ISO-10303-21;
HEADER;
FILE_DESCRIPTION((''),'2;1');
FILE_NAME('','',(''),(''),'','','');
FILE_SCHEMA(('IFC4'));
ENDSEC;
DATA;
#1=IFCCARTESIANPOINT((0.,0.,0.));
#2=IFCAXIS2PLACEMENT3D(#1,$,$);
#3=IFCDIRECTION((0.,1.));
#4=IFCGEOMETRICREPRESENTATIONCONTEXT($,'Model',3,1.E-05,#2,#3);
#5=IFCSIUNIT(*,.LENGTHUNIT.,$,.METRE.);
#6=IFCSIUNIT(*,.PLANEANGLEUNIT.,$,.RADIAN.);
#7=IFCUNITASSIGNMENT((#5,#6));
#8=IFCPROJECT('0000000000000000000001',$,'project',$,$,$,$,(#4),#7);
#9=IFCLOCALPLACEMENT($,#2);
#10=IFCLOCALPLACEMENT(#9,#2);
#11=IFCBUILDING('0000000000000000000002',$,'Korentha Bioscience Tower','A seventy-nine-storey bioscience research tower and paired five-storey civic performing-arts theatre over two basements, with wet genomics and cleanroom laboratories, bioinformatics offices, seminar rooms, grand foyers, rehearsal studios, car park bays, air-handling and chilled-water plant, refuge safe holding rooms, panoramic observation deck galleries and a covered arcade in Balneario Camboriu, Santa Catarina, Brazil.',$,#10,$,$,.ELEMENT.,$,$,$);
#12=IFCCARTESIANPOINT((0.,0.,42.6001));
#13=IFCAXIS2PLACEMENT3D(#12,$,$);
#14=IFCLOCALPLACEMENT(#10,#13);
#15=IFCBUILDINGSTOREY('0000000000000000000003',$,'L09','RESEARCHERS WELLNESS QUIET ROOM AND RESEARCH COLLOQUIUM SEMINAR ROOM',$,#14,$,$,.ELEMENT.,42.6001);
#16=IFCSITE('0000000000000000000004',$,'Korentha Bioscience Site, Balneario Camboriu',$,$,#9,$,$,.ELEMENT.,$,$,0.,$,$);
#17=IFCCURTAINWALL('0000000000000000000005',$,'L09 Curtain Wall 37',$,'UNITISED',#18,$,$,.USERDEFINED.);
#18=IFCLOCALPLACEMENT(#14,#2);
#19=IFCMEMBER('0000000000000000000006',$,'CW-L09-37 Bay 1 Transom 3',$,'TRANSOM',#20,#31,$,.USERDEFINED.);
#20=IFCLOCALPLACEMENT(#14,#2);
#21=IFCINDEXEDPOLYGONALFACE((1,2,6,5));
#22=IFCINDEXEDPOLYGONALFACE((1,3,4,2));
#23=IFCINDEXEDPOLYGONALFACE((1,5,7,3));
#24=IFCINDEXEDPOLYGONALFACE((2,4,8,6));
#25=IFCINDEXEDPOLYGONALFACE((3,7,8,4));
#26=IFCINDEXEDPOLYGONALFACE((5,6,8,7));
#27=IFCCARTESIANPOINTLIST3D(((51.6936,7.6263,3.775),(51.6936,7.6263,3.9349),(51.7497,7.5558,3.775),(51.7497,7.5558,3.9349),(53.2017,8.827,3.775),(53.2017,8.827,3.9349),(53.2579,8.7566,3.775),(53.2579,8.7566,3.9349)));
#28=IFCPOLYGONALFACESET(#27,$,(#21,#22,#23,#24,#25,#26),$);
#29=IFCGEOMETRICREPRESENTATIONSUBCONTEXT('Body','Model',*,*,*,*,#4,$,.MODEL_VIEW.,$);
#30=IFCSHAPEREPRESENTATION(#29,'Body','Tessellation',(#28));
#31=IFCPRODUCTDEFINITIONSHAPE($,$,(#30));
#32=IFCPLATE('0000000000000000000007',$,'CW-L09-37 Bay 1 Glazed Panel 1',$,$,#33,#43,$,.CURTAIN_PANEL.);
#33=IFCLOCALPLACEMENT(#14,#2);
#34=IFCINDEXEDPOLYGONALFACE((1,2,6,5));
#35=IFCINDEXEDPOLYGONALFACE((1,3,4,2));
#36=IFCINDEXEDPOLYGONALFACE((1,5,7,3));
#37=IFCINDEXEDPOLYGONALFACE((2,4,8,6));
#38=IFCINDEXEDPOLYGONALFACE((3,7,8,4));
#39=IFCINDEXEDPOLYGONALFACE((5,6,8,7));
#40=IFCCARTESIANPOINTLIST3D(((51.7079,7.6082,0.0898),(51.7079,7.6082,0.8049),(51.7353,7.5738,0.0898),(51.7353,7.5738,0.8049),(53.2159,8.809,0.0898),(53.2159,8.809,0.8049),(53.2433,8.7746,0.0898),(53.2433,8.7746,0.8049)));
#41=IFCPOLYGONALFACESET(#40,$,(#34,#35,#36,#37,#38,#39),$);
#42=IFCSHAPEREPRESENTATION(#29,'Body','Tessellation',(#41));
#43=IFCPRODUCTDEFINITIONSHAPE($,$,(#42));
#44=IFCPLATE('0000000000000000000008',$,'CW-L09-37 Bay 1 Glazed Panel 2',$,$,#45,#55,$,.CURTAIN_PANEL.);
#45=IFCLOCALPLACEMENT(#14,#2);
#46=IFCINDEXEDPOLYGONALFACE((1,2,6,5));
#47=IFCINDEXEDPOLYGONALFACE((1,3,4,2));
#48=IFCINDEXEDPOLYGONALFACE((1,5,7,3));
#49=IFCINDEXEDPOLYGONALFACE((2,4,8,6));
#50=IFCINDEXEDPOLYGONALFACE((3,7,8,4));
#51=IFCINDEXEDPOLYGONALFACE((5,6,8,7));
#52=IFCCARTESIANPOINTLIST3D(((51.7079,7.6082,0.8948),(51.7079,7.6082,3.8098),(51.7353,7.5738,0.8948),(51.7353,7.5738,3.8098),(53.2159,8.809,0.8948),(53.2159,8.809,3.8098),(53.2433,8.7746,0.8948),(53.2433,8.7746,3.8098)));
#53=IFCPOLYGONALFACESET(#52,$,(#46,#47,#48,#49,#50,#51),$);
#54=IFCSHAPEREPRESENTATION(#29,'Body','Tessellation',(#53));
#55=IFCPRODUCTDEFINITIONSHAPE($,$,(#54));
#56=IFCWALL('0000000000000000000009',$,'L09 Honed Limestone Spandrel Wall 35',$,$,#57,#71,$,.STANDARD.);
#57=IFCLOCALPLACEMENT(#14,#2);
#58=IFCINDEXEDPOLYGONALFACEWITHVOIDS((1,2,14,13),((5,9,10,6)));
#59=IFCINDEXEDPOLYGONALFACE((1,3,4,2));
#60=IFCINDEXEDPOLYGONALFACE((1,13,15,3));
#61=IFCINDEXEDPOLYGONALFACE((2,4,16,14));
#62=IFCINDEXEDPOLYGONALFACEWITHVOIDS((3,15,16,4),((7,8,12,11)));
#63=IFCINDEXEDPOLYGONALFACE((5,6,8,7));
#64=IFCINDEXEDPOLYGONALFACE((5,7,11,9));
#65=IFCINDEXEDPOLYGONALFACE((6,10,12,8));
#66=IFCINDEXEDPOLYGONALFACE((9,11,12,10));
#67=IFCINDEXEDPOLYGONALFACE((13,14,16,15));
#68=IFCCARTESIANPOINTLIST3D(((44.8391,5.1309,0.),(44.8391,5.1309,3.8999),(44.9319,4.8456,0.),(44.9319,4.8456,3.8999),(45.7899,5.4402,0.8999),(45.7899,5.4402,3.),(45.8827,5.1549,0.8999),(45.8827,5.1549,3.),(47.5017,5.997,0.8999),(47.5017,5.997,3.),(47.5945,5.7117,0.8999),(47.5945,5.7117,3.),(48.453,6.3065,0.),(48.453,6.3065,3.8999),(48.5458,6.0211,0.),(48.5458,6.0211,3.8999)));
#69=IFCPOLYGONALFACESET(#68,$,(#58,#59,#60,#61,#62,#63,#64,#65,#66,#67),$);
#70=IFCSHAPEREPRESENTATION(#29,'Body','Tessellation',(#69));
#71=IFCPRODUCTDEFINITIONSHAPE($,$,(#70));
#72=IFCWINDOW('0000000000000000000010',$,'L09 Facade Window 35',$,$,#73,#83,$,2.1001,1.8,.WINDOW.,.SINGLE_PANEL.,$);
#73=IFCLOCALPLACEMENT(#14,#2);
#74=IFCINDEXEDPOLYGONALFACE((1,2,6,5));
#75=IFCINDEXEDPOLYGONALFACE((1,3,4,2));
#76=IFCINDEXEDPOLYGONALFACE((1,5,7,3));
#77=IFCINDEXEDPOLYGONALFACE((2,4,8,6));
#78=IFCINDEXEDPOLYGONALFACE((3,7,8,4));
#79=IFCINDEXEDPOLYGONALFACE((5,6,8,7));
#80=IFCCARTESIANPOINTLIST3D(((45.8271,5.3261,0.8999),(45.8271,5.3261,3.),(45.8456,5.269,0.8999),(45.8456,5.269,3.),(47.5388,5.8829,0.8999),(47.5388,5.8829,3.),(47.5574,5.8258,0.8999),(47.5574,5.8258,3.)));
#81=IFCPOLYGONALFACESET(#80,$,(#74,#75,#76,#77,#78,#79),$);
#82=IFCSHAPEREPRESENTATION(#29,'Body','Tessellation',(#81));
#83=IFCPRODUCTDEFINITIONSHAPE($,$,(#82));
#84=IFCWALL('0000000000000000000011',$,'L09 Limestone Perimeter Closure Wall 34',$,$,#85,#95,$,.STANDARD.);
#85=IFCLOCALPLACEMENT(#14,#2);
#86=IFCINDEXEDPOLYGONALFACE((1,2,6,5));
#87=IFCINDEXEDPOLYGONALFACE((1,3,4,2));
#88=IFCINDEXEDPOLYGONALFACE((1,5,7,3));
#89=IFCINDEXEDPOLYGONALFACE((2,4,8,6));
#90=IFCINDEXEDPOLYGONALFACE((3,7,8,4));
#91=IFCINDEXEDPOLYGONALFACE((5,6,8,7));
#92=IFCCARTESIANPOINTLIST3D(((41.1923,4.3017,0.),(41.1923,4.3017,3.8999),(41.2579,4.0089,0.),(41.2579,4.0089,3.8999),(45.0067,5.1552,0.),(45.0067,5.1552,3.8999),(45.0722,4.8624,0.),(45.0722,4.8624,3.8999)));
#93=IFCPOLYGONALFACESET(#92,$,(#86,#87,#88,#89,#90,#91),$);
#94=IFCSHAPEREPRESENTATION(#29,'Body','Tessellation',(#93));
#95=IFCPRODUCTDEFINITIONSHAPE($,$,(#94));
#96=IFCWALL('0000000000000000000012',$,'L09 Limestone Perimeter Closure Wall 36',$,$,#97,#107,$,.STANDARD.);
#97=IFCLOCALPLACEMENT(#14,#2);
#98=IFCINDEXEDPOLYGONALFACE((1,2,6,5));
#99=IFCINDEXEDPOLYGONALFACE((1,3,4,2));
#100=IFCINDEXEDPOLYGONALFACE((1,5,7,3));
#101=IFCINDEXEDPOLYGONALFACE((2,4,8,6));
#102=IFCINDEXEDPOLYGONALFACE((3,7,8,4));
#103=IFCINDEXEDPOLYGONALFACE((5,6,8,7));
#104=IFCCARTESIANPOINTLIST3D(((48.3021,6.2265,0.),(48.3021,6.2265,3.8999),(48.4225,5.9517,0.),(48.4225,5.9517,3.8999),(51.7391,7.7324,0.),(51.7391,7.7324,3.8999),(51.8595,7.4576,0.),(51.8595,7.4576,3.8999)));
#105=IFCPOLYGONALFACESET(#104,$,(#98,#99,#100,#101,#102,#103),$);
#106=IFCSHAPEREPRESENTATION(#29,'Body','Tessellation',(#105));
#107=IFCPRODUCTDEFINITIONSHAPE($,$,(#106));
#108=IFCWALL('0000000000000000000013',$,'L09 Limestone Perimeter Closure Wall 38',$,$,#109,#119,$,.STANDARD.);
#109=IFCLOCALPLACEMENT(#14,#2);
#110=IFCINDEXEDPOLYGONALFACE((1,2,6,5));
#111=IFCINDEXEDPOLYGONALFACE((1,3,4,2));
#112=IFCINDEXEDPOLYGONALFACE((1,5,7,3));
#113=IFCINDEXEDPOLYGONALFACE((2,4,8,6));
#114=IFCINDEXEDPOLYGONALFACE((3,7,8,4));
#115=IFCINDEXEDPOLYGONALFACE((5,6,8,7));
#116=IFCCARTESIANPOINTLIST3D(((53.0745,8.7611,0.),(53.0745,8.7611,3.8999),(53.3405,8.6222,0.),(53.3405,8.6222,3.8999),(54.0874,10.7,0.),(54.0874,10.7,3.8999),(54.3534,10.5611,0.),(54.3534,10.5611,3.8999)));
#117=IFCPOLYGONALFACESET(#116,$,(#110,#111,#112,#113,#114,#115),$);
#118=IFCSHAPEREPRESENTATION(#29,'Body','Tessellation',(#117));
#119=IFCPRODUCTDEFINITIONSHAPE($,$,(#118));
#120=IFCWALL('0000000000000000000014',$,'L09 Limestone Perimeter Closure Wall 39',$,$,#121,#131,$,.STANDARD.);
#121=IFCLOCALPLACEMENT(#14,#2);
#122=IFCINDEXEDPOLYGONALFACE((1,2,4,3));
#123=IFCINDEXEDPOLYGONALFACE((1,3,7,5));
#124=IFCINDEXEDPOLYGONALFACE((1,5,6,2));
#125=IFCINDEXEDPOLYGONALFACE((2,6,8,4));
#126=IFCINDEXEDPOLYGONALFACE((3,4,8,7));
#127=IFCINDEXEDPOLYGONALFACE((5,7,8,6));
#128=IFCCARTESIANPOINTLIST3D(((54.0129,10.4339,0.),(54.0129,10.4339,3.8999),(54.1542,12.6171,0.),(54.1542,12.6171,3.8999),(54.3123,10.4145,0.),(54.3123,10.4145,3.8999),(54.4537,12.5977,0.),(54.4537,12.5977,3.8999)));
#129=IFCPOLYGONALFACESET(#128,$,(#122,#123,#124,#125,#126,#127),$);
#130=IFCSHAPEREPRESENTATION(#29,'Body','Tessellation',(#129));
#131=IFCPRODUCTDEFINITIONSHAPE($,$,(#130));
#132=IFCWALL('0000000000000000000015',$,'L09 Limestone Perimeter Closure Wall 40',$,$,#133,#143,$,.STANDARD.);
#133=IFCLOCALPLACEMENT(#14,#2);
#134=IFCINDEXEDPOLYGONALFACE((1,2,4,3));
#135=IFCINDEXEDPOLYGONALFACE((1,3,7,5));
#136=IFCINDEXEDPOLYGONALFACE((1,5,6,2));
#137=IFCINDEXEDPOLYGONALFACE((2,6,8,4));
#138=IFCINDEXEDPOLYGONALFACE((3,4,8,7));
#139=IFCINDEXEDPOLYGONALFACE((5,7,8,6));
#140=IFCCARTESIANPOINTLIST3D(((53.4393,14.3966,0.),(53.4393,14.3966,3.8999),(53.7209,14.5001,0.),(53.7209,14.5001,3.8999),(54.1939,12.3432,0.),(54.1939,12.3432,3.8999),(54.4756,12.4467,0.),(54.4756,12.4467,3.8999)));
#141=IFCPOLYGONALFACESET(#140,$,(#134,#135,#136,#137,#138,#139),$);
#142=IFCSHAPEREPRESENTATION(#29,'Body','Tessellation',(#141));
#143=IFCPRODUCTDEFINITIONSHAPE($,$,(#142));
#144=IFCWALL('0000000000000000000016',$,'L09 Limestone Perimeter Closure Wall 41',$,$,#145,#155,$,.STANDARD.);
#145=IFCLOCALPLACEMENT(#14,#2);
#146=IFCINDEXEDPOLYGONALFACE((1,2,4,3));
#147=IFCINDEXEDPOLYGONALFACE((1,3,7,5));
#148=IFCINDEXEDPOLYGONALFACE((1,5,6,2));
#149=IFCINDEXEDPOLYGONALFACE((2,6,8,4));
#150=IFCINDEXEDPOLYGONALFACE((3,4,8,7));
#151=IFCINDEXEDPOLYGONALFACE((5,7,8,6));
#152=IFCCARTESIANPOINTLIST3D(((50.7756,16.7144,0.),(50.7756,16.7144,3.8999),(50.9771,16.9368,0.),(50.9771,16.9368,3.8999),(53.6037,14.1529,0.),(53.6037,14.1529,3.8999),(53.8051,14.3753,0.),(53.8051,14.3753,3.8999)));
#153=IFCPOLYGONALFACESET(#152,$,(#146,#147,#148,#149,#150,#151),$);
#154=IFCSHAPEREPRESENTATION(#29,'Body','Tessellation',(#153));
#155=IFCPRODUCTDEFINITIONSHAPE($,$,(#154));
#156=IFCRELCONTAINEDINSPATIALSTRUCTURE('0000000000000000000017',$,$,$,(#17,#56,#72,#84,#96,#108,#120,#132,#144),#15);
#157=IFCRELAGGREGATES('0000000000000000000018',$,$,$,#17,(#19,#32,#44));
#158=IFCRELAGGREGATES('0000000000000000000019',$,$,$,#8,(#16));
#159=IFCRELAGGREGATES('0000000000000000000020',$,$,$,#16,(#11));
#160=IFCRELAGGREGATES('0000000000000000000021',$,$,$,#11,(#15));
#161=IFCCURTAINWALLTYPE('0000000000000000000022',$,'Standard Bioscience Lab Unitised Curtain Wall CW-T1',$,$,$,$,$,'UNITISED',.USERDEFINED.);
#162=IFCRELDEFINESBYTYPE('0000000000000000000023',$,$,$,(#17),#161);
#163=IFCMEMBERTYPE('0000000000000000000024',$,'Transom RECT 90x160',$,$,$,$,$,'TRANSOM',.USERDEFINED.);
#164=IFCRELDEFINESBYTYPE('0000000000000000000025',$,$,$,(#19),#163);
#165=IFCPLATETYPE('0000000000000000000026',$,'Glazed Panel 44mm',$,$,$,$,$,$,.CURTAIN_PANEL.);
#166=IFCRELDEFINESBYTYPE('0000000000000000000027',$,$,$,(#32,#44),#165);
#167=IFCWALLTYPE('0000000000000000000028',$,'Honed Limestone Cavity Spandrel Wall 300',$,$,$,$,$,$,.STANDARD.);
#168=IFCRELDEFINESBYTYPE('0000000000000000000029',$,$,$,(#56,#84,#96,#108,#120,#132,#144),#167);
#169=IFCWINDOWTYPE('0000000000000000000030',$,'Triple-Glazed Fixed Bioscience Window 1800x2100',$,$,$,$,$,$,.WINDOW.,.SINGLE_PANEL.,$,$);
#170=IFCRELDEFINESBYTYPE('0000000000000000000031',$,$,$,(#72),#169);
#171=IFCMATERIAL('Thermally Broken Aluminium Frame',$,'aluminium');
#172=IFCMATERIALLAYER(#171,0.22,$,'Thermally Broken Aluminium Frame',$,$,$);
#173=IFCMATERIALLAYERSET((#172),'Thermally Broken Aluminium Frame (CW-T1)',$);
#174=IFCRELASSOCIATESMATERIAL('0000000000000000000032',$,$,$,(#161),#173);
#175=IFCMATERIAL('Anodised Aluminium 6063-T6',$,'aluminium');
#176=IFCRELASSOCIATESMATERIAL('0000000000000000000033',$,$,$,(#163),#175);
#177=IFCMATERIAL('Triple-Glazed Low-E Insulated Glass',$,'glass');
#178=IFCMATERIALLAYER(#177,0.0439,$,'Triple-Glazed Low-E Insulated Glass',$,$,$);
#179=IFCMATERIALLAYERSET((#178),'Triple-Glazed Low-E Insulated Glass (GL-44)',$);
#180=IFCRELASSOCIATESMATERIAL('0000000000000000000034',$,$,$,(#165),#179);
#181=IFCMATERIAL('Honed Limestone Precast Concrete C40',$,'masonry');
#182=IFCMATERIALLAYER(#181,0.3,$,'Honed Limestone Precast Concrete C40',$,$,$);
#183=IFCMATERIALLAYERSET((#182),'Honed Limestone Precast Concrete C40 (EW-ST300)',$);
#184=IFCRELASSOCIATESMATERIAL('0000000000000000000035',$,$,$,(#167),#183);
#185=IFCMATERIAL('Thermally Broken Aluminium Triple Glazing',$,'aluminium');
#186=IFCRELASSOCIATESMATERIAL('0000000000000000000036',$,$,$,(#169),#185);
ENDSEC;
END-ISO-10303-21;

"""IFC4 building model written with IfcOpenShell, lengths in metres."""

from ifc_helpers import new_model, si_unit, direction, frame, frame_2d, origin, origin_2d, place, context, subcontext, project, spatial, rectangle, extrude, material, layer, layer_set, material_profile, profile_set, type_object, element, fill, aggregate, save


model = new_model("IFC4")

# Units and contexts
model_context = context("Model", 3, precision=1e-05, world=origin(), true_north=direction((0.0, 1.0)))
body_context = subcontext(model_context, "Body", "Model", "MODEL_VIEW")
ifc_project = project(units=[si_unit("LENGTHUNIT", "METRE"), si_unit("PLANEANGLEUNIT", "RADIAN")], contexts=[model_context])

# Site, building, storey
site_placement = place(None, origin())
site = spatial("IfcSite", under=ifc_project, at=site_placement, Name="Korentha Bioscience Site, Balneario Camboriu", CompositionType="ELEMENT", RefElevation=0.0)
building_placement = place(site_placement, origin())
building = spatial("IfcBuilding", under=site, at=building_placement, Name="Korentha Bioscience Tower", Description="A seventy-nine-storey bioscience research tower and paired five-storey civic performing-arts theatre over two basements, with wet genomics and cleanroom laboratories, bioinformatics offices, seminar rooms, grand foyers, rehearsal studios, car park bays, air-handling and chilled-water plant, refuge safe holding rooms, panoramic observation deck galleries and a covered arcade in Balneario Camboriu, Santa Catarina, Brazil.", CompositionType="ELEMENT")
storey_placement = place(building_placement, frame((0.0, 0.0, 42.6001)))
storey = spatial("IfcBuildingStorey", under=building, at=storey_placement, Name="L09", Description="RESEARCHERS WELLNESS QUIET ROOM AND RESEARCH COLLOQUIUM SEMINAR ROOM", CompositionType="ELEMENT", Elevation=42.6001)

# Curtain wall
ifc_material_1 = material(Name="Thermally Broken Aluminium Frame", Category="aluminium")
ifc_layer_1 = layer(ifc_material_1, 0.22, Name="Thermally Broken Aluminium Frame")
ifc_layer_set_1 = layer_set([ifc_layer_1], Name="Thermally Broken Aluminium Frame (CW-T1)")
curtain_wall_type = type_object("IfcCurtainWallType", Name="Standard Bioscience Lab Unitised Curtain Wall CW-T1", ElementType="UNITISED", PredefinedType="USERDEFINED", material=ifc_layer_set_1)
curtain_wall_placement = place(storey_placement, origin())
curtain_wall = element("IfcCurtainWall", 1, at=curtain_wall_placement, inside=storey, type_object=curtain_wall_type, Name="L09 Curtain Wall 37", ObjectType="UNITISED", PredefinedType="USERDEFINED")
ifc_material_2 = material(Name="Anodised Aluminium 6063-T6", Category="aluminium")

# Member
ifc_material_profile_1 = material_profile(ifc_material_2, rectangle(XDim=0.0901, YDim=0.1599, at=origin_2d()), Name="Anodised Aluminium 6063-T6")
ifc_profile_set_1 = profile_set([ifc_material_profile_1], Name="Anodised Aluminium 6063-T6 (CW-TRN)")
member_type_1 = type_object("IfcMemberType", Name="Transom RECT 90x160", ElementType="TRANSOM", PredefinedType="USERDEFINED", material=ifc_profile_set_1)
member_1_placement = place(storey_placement, frame((51.7217, 7.5911, 3.855), z_axis=(0.782325, 0.622871, 0.0), x_axis=(-0.622871, 0.782325, 0.0)))
member_1 = element("IfcMember", 2, at=member_1_placement, type_object=member_type_1, Name="CW-L09-37 Bay 1 Transom 3", ObjectType="TRANSOM", PredefinedType="USERDEFINED", context=body_context, shape_type="SweptSolid", body=[
    extrude(rectangle(XDim=0.0901, YDim=0.1599, at=origin_2d()), origin(), (0.0, 0.0, 1.0), 1.9277),
])

# Plates
ifc_material_3 = material(Name="Triple-Glazed Low-E Insulated Glass", Category="glass")
ifc_layer_2 = layer(ifc_material_3, 0.0439, Name="Triple-Glazed Low-E Insulated Glass")
ifc_layer_set_2 = layer_set([ifc_layer_2], Name="Triple-Glazed Low-E Insulated Glass (GL-44)")
plate_type = type_object("IfcPlateType", Name="Glazed Panel 44mm", PredefinedType="CURTAIN_PANEL", material=ifc_layer_set_2)
plate_1_placement = place(storey_placement, frame((52.4756, 8.1914, 0.0898), z_axis=(0.0, 0.0, 1.0), x_axis=(0.782288, 0.622917, 0.0)))
plate_1 = element("IfcPlate", 3, at=plate_1_placement, type_object=plate_type, Name="CW-L09-37 Bay 1 Glazed Panel 1", PredefinedType="CURTAIN_PANEL", context=body_context, shape_type="SweptSolid", body=[
    extrude(rectangle(XDim=1.9277, YDim=0.0439, at=origin_2d()), origin(), (0.0, 0.0, 1.0), 0.7151),
])
plate_2_placement = place(storey_placement, frame((52.4756, 8.1914, 0.8948), z_axis=(0.0, 0.0, 1.0), x_axis=(0.782288, 0.622917, 0.0)))
plate_2 = element("IfcPlate", 4, at=plate_2_placement, type_object=plate_type, Name="CW-L09-37 Bay 1 Glazed Panel 2", PredefinedType="CURTAIN_PANEL", context=body_context, shape_type="SweptSolid", body=[
    extrude(rectangle(XDim=1.9277, YDim=0.0439, at=origin_2d()), origin(), (0.0, 0.0, 1.0), 2.915),
])
aggregate(curtain_wall, [member_1, plate_1, plate_2])

# Wall, opening, window
ifc_material_4 = material(Name="Honed Limestone Precast Concrete C40", Category="masonry")
ifc_layer_3 = layer(ifc_material_4, 0.3, Name="Honed Limestone Precast Concrete C40")
ifc_layer_set_3 = layer_set([ifc_layer_3], Name="Honed Limestone Precast Concrete C40 (EW-ST300)")
wall_type = type_object("IfcWallType", Name="Honed Limestone Cavity Spandrel Wall 300", PredefinedType="STANDARD", material=ifc_layer_set_3)
wall_1_placement = place(storey_placement, frame((44.8855, 4.9883, 0.0), z_axis=(0.0, 0.0, 1.0), x_axis=(0.950958, 0.30932, 0.0)))
wall_1 = element("IfcWall", 5, at=wall_1_placement, inside=storey, type_object=wall_type, Name="L09 Honed Limestone Spandrel Wall 35", PredefinedType="STANDARD", context=body_context, shape_type="SweptSolid", body=[
    extrude(rectangle(XDim=3.8003, YDim=0.3, at=frame_2d((1.9001, 0.0))), origin(), (0.0, 0.0, 1.0), 3.8999),
])
opening_placement = place(wall_1_placement, frame((1.0, 0.0, 0.8999)))
opening = element("IfcOpeningElement", 6, at=opening_placement, cuts=wall_1, PredefinedType="OPENING", context=body_context, shape_type="SweptSolid", body=[
    extrude(rectangle(XDim=1.8, YDim=2.1001, at=frame_2d((0.8999, 1.05))), frame((0.0, 0.165, 0.0), z_axis=(0.0, -1.0, 0.0), x_axis=(1.0, 0.0, 0.0)), (0.0, 0.0, 1.0), 0.3298),
])
ifc_material_5 = material(Name="Thermally Broken Aluminium Triple Glazing", Category="aluminium")
window_type = type_object("IfcWindowType", Name="Triple-Glazed Fixed Bioscience Window 1800x2100", PartitioningType="SINGLE_PANEL", PredefinedType="WINDOW", material=ifc_material_5)
window_placement = place(opening_placement, origin())
window = element("IfcWindow", 7, at=window_placement, inside=storey, type_object=window_type, Name="L09 Facade Window 35", OverallHeight=2.1001, OverallWidth=1.8, PartitioningType="SINGLE_PANEL", PredefinedType="WINDOW", context=body_context, shape_type="SweptSolid", body=[
    extrude(rectangle(XDim=1.8, YDim=2.1001, at=frame_2d((0.8999, 1.05))), frame((0.0, 0.03, 0.0), z_axis=(0.0, -1.0, 0.0), x_axis=(1.0, 0.0, 0.0)), (0.0, 0.0, 1.0), 0.0601),
])
fill(opening, window)

# Walls
wall_2_placement = place(storey_placement, frame((41.2251, 4.1553, 0.0), z_axis=(0.0, 0.0, 1.0), x_axis=(0.975869, 0.218359, 0.0)))
element("IfcWall", 8, at=wall_2_placement, inside=storey, type_object=wall_type, Name="L09 Limestone Perimeter Closure Wall 34", PredefinedType="STANDARD", context=body_context, shape_type="SweptSolid", body=[
    extrude(rectangle(XDim=3.9087, YDim=0.3, at=frame_2d((1.9543, 0.0))), origin(), (0.0, 0.0, 1.0), 3.8999),
])
wall_3_placement = place(storey_placement, frame((48.3623, 6.0891, 0.0), z_axis=(0.0, 0.0, 1.0), x_axis=(0.915945, 0.401303, 0.0)))
element("IfcWall", 9, at=wall_3_placement, inside=storey, type_object=wall_type, Name="L09 Limestone Perimeter Closure Wall 36", PredefinedType="STANDARD", context=body_context, shape_type="SweptSolid", body=[
    extrude(rectangle(XDim=3.7524, YDim=0.3, at=frame_2d((1.8762, 0.0))), origin(), (0.0, 0.0, 1.0), 3.8999),
])
wall_4_placement = place(storey_placement, frame((53.2075, 8.6917, 0.0), z_axis=(0.0, 0.0, 1.0), x_axis=(0.463035, 0.88634, 0.0)))
element("IfcWall", 10, at=wall_4_placement, inside=storey, type_object=wall_type, Name="L09 Limestone Perimeter Closure Wall 38", PredefinedType="STANDARD", context=body_context, shape_type="SweptSolid", body=[
    extrude(rectangle(XDim=2.1875, YDim=0.3, at=frame_2d((1.0938, 0.0))), origin(), (0.0, 0.0, 1.0), 3.8999),
])
for number, where, z_axis, x_axis, name in (
    (11, (54.1626, 10.4243, 0.0), (0.0, 0.0, 1.0), (0.064615, 0.99791, 0.0), "L09 Limestone Perimeter Closure Wall 39"),
    (12, (54.3347, 12.395, 0.0), (0.0, 0.0, 1.0), (-0.34494, 0.938625, 0.0), "L09 Limestone Perimeter Closure Wall 40"),
):
    element("IfcWall", number, at=place(storey_placement, frame(where, z_axis=z_axis, x_axis=x_axis)), inside=storey, type_object=wall_type, Name=name, PredefinedType="STANDARD", context=body_context, shape_type="SweptSolid", body=[
        extrude(rectangle(XDim=2.1877, YDim=0.3, at=frame_2d((1.0938, 0.0))), origin(), (0.0, 0.0, 1.0), 3.8999),
    ])
wall_5_placement = place(storey_placement, frame((53.7043, 14.2642, 0.0), z_axis=(0.0, 0.0, 1.0), x_axis=(-0.741178, 0.671309, 0.0)))
element("IfcWall", 13, at=wall_5_placement, inside=storey, type_object=wall_type, Name="L09 Limestone Perimeter Closure Wall 41", PredefinedType="STANDARD", context=body_context, shape_type="SweptSolid", body=[
    extrude(rectangle(XDim=3.8157, YDim=0.3, at=frame_2d((1.9077, 0.0))), origin(), (0.0, 0.0, 1.0), 3.8999),
])

save(model, "model.ifc")
